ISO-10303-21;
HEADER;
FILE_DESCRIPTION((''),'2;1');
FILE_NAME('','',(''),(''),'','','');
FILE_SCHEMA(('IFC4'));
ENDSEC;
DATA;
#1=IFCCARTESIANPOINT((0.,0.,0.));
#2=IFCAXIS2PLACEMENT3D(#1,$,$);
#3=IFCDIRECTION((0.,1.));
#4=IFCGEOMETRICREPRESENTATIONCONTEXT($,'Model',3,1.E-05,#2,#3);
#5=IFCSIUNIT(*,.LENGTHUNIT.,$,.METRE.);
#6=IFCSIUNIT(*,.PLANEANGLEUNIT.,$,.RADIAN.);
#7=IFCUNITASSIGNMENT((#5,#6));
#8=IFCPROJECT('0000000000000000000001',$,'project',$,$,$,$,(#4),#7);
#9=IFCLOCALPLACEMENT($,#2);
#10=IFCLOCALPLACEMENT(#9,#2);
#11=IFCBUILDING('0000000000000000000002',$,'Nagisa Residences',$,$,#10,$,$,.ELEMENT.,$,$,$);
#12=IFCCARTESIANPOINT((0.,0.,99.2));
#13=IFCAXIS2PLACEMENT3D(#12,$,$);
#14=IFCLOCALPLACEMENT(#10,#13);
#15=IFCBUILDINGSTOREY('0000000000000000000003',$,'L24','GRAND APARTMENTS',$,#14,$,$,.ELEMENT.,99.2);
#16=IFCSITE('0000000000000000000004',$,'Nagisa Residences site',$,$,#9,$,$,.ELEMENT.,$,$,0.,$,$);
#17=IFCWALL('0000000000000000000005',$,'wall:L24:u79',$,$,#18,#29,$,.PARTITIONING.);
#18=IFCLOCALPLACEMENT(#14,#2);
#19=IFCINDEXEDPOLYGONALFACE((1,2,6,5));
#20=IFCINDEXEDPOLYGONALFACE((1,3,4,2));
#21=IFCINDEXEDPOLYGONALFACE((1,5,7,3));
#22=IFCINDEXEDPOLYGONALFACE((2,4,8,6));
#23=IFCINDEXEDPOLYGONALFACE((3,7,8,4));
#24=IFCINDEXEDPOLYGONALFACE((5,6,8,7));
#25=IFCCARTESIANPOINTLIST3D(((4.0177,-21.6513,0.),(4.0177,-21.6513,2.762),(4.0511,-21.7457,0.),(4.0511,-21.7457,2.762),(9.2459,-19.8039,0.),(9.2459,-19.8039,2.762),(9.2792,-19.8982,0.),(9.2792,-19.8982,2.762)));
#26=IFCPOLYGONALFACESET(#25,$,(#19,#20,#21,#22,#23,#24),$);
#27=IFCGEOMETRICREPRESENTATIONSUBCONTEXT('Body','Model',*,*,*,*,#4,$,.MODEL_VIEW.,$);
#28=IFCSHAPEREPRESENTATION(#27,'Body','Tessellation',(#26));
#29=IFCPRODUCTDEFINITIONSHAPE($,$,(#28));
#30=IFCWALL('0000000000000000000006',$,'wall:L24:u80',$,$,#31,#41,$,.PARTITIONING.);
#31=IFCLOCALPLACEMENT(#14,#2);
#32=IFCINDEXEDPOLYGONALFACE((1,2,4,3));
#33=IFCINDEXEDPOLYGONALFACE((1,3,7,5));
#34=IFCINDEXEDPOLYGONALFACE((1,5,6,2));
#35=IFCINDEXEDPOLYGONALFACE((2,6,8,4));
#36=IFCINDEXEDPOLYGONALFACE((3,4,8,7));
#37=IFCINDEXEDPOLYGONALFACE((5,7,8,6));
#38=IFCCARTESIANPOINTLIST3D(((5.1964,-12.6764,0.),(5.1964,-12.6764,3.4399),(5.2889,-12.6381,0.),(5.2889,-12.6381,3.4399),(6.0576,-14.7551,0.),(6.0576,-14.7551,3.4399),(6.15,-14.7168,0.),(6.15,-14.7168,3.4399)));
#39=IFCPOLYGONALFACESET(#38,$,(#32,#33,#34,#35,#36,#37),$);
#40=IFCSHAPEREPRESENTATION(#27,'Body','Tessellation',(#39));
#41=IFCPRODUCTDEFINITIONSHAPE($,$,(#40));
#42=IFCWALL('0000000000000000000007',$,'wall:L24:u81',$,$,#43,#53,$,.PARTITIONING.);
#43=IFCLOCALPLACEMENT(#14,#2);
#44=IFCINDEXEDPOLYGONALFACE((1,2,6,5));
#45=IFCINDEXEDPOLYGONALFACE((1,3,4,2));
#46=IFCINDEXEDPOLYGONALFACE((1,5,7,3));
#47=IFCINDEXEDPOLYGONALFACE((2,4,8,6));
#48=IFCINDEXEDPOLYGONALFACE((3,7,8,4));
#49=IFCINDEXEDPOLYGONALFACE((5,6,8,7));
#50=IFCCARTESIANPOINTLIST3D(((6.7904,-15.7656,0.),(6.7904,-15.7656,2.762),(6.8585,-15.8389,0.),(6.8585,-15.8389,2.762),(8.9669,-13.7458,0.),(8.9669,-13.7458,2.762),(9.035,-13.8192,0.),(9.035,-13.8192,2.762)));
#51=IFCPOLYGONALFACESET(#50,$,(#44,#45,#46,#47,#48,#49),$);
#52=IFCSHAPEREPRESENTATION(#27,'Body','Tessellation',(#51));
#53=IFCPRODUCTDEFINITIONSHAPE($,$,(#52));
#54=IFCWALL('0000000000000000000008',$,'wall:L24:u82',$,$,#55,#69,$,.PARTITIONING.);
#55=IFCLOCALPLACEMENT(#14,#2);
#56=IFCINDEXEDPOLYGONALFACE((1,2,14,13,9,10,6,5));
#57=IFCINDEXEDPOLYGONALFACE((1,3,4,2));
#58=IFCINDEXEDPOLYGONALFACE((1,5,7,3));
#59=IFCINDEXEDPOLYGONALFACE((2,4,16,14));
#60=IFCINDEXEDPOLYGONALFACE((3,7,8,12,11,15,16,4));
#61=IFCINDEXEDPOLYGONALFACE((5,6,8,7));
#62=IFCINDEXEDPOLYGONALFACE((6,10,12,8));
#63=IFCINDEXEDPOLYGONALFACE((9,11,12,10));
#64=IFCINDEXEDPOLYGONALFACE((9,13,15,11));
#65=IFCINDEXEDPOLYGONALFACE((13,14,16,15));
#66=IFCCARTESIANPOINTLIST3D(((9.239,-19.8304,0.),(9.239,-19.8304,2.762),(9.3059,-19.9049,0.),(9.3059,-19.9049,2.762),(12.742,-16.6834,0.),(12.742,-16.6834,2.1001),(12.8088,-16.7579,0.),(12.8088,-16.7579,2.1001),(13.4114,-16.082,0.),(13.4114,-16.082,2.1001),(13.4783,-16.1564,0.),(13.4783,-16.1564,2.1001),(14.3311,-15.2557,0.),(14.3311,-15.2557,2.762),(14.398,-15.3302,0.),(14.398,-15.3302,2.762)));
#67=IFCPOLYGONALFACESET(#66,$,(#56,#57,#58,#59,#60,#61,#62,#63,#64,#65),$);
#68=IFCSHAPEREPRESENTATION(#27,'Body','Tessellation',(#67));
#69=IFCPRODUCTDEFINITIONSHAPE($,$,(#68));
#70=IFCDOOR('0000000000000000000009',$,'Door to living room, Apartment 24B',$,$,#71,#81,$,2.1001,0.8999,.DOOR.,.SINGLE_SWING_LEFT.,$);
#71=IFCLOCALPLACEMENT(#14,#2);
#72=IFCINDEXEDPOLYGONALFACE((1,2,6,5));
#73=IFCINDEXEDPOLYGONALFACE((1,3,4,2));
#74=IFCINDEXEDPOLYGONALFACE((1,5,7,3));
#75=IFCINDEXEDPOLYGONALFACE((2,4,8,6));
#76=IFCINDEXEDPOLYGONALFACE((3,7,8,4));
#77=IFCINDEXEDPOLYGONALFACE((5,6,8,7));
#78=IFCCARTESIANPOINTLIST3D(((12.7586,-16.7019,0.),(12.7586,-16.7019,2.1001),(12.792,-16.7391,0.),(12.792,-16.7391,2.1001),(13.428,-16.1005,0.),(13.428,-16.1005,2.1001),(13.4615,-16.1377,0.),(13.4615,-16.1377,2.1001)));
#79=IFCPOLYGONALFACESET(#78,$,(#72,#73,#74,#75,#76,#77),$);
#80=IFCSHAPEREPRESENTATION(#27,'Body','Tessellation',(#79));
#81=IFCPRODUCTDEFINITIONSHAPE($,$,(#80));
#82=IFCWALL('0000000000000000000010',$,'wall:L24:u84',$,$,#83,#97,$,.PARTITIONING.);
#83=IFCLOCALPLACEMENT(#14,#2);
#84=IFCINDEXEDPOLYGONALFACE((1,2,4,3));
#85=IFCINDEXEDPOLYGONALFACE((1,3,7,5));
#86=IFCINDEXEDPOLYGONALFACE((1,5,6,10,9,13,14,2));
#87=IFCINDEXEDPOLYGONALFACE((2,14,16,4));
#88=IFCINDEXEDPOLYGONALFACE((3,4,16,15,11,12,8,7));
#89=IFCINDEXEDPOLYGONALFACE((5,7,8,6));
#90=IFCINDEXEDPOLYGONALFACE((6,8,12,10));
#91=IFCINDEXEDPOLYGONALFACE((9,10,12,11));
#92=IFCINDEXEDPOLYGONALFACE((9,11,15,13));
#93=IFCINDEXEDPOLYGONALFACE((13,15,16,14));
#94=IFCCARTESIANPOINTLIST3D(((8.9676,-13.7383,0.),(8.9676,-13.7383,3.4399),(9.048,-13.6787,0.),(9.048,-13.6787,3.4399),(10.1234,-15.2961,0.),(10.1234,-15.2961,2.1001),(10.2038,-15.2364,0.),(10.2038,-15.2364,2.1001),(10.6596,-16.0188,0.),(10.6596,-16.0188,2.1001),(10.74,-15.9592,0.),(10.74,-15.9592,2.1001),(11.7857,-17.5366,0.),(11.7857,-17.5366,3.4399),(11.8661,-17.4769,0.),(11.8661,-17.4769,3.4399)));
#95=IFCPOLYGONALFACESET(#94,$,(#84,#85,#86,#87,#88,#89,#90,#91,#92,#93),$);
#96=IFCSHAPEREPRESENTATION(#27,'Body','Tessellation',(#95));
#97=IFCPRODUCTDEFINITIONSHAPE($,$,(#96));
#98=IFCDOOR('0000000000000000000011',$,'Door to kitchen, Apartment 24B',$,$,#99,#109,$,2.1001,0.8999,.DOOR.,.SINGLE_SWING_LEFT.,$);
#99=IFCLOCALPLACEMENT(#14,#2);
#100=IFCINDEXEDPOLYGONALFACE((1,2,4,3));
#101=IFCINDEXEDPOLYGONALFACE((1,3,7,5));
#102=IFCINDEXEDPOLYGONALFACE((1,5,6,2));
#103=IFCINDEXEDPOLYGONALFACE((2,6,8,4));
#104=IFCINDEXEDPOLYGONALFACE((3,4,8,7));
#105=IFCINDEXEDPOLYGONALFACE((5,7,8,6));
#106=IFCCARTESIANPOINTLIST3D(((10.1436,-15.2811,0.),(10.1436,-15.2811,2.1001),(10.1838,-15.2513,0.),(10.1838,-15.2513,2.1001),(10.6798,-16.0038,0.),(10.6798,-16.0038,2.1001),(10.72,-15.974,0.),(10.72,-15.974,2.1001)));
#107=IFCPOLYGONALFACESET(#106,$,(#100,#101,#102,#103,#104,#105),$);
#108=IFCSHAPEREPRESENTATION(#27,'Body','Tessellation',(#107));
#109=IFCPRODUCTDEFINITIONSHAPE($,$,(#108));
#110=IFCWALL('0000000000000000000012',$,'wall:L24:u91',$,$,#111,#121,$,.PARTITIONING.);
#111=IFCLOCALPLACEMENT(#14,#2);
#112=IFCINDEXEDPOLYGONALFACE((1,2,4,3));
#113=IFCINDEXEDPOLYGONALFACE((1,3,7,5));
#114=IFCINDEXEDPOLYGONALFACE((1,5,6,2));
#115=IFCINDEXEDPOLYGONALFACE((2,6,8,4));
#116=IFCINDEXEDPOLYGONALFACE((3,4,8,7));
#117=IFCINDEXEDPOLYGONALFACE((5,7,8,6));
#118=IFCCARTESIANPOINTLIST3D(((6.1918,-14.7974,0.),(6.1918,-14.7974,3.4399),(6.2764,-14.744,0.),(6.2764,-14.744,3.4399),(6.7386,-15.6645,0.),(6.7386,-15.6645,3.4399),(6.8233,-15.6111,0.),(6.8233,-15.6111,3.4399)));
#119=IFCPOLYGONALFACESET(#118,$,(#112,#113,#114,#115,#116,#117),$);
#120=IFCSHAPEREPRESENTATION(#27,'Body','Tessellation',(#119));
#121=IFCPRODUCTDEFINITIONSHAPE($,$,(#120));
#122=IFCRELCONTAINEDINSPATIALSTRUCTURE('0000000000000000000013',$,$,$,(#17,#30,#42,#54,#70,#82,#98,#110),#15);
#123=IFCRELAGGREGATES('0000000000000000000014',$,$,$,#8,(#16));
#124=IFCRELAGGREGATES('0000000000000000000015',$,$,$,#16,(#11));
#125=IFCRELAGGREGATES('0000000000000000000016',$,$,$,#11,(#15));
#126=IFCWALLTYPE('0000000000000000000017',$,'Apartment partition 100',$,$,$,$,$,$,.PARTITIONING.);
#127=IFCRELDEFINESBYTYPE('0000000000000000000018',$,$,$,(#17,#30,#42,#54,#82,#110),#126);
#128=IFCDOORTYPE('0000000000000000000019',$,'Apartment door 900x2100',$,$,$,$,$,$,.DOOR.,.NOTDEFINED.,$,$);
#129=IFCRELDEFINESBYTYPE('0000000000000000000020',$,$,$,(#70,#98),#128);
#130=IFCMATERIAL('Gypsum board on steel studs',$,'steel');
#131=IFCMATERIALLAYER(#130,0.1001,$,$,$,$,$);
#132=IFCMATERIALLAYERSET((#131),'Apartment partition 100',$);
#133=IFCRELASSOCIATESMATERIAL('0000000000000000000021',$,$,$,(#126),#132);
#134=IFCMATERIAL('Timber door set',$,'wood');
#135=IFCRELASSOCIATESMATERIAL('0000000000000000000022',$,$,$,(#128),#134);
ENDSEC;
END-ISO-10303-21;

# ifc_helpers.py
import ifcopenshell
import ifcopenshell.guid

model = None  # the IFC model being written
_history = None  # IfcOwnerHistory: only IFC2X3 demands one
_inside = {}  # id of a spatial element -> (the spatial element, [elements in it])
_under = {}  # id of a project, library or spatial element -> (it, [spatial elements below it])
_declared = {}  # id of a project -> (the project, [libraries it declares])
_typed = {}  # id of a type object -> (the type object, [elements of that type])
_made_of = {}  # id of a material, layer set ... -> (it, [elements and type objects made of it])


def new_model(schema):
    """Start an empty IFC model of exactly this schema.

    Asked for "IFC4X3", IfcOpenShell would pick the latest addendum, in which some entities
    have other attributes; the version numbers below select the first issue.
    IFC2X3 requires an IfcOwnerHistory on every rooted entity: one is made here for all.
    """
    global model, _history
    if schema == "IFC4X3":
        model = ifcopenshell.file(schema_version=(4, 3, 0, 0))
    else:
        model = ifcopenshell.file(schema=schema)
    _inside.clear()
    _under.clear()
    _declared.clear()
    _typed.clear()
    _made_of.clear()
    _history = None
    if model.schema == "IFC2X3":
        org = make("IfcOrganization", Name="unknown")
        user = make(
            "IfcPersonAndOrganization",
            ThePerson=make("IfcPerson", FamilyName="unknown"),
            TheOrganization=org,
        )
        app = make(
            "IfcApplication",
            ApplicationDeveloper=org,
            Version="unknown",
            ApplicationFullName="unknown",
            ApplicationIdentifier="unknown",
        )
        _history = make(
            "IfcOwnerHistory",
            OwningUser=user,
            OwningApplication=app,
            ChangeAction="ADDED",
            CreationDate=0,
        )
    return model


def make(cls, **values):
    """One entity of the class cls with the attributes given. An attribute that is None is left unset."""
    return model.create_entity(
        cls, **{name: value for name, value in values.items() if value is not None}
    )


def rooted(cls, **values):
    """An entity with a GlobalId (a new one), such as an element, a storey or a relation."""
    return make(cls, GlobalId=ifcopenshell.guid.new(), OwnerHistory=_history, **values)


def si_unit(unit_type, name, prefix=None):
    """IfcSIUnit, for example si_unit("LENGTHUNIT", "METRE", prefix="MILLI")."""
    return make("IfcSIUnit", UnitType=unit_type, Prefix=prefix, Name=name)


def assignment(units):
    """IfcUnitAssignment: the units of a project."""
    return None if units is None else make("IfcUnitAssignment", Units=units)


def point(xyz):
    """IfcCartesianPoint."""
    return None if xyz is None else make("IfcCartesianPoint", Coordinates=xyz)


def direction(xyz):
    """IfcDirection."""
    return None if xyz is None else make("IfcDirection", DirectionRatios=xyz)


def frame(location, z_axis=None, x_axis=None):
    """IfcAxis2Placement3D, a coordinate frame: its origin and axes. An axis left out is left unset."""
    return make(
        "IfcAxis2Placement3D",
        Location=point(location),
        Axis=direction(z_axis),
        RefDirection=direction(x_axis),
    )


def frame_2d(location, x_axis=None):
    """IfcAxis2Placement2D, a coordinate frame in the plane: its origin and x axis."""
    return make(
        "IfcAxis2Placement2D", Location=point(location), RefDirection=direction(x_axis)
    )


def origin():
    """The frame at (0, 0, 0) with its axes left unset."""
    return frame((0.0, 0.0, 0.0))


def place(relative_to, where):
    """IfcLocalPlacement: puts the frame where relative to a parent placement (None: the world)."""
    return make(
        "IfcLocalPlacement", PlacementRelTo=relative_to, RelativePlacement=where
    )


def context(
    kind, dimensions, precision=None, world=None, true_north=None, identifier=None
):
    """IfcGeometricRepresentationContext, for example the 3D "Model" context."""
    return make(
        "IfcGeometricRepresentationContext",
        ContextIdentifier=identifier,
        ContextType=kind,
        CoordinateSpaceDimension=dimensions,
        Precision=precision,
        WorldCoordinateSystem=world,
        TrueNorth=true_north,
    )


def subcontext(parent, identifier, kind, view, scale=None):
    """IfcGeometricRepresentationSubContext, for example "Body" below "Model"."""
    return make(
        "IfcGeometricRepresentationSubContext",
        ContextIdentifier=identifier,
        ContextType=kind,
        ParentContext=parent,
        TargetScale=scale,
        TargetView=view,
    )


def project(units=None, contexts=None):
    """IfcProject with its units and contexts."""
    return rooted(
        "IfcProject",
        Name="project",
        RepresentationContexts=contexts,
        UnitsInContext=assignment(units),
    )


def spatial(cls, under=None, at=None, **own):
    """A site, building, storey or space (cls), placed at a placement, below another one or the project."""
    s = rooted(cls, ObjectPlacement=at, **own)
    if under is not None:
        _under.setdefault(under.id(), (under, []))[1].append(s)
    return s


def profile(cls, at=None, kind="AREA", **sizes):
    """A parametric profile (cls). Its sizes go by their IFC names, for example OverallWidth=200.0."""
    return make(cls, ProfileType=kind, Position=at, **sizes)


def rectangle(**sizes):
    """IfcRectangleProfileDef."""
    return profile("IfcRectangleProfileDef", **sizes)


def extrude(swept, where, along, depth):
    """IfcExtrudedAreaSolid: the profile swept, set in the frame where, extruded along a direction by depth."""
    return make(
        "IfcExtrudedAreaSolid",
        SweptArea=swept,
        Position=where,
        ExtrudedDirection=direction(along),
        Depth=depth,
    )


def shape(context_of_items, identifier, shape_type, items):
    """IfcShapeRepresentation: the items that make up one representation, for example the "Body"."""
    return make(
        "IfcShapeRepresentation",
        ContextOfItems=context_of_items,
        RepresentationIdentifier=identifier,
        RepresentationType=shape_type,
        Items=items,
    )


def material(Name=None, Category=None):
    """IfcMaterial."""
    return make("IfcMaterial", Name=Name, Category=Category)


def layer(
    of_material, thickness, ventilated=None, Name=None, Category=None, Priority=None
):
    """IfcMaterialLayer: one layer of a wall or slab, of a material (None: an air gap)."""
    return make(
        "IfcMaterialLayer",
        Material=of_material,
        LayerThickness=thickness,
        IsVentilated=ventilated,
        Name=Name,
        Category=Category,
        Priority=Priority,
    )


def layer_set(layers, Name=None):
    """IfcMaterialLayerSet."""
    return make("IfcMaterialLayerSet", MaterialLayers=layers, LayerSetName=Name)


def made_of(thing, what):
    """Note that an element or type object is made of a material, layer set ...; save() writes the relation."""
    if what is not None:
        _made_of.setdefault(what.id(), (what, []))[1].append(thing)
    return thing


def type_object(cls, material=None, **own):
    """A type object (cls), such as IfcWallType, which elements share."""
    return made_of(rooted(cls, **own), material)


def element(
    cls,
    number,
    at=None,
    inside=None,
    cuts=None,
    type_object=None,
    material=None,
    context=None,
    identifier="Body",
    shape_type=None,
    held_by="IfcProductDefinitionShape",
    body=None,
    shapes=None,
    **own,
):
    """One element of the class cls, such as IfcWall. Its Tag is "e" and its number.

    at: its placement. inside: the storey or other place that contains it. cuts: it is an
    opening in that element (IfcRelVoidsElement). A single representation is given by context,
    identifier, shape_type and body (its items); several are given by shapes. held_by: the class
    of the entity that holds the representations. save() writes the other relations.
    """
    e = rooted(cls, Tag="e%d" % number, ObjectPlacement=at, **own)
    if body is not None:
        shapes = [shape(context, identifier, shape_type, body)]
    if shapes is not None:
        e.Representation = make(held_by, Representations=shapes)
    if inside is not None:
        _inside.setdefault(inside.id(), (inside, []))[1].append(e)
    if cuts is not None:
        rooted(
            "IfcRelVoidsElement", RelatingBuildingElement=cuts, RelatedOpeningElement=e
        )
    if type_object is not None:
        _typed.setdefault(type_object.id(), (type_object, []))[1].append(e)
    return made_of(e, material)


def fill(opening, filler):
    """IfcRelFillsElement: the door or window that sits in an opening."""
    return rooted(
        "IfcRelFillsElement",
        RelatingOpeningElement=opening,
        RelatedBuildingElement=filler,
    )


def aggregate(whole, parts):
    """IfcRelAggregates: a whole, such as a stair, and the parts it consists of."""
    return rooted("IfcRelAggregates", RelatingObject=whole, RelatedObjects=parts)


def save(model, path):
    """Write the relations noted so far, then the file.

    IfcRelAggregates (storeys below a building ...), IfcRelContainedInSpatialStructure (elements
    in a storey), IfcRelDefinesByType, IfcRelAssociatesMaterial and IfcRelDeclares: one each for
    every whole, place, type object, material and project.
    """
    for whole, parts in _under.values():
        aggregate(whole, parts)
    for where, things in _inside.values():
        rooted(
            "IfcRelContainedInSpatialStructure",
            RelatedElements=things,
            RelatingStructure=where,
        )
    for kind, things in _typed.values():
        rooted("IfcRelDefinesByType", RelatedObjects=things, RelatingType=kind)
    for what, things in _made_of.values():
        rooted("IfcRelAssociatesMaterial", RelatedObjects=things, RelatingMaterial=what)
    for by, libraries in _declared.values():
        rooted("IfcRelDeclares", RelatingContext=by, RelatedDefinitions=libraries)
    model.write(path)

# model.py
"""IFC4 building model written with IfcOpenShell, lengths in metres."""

from ifc_helpers import new_model, si_unit, direction, frame, frame_2d, origin, place, context, subcontext, project, spatial, rectangle, extrude, material, layer, layer_set, type_object, element, fill, save


model = new_model("IFC4")

# Units and contexts
model_context = context("Model", 3, precision=1e-05, world=origin(), true_north=direction((0.0, 1.0)))
body_context = subcontext(model_context, "Body", "Model", "MODEL_VIEW")
ifc_project = project(units=[si_unit("LENGTHUNIT", "METRE"), si_unit("PLANEANGLEUNIT", "RADIAN")], contexts=[model_context])

# Site, building, storey
site_placement = place(None, origin())
site = spatial("IfcSite", under=ifc_project, at=site_placement, Name="Nagisa Residences site", CompositionType="ELEMENT", RefElevation=0.0)
building_placement = place(site_placement, origin())
building = spatial("IfcBuilding", under=site, at=building_placement, Name="Nagisa Residences", CompositionType="ELEMENT")
storey_placement = place(building_placement, frame((0.0, 0.0, 99.2)))
storey = spatial("IfcBuildingStorey", under=building, at=storey_placement, Name="L24", Description="GRAND APARTMENTS", CompositionType="ELEMENT", Elevation=99.2)

# Shared definitions
ifc_material_1 = material(Name="Gypsum board on steel studs", Category="steel")
ifc_layer_1 = layer(ifc_material_1, 0.1001)
ifc_layer_set_1 = layer_set([ifc_layer_1], Name="Apartment partition 100")
wall_type_1 = type_object("IfcWallType", Name="Apartment partition 100", PredefinedType="PARTITIONING", material=ifc_layer_set_1)
ifc_material_2 = material(Name="Timber door set", Category="wood")
door_type_1 = type_object("IfcDoorType", Name="Apartment door 900x2100", OperationType="NOTDEFINED", PredefinedType="DOOR", material=ifc_material_2)

# Walls
wall_1_placement = place(storey_placement, frame((4.0344, -21.6985, 0.0), z_axis=(0.0, 0.0, 1.0), x_axis=(0.942864, 0.333177, 0.0)))
element("IfcWall", 1, at=wall_1_placement, inside=storey, type_object=wall_type_1, Name="wall:L24:u79", PredefinedType="PARTITIONING", context=body_context, shape_type="SweptSolid", body=[
    extrude(rectangle(XDim=5.5449, YDim=0.1001, at=frame_2d((2.7725, 0.0))), origin(), (0.0, 0.0, 1.0), 2.762),
])
wall_2_placement = place(storey_placement, frame((5.2427, -12.6572, 0.0), z_axis=(0.0, 0.0, 1.0), x_axis=(0.382719, -0.923865, 0.0)))
element("IfcWall", 2, at=wall_2_placement, inside=storey, type_object=wall_type_1, Name="wall:L24:u80", PredefinedType="PARTITIONING", context=body_context, shape_type="SweptSolid", body=[
    extrude(rectangle(XDim=2.25, YDim=0.1001, at=frame_2d((1.125, 0.0))), origin(), (0.0, 0.0, 1.0), 3.4399),
])
wall_3_placement = place(storey_placement, frame((6.8245, -15.8022, 0.0), z_axis=(0.0, 0.0, 1.0), x_axis=(0.733007, 0.680221, 0.0)))
element("IfcWall", 3, at=wall_3_placement, inside=storey, type_object=wall_type_1, Name="wall:L24:u81", PredefinedType="PARTITIONING", context=body_context, shape_type="SweptSolid", body=[
    extrude(rectangle(XDim=2.9692, YDim=0.1001, at=frame_2d((1.4846, 0.0))), origin(), (0.0, 0.0, 1.0), 2.762),
])

# Walls, openings, doors
wall_4_placement = place(storey_placement, frame((9.2725, -19.8677, 0.0), z_axis=(0.0, 0.0, 1.0), x_axis=(0.743884, 0.668308, 0.0)))
wall_4 = element("IfcWall", 4, at=wall_4_placement, inside=storey, type_object=wall_type_1, Name="wall:L24:u82", PredefinedType="PARTITIONING", context=body_context, shape_type="SweptSolid", body=[
    extrude(rectangle(XDim=6.8452, YDim=0.1001, at=frame_2d((3.4226, 0.0))), origin(), (0.0, 0.0, 1.0), 2.762),
])
opening_1_placement = place(wall_4_placement, frame((4.709, 0.0, 0.0)))
opening_1 = element("IfcOpeningElement", 5, at=opening_1_placement, cuts=wall_4, PredefinedType="OPENING", context=body_context, shape_type="SweptSolid", body=[
    extrude(rectangle(XDim=0.8999, YDim=2.1001, at=frame_2d((0.45, 1.05))), frame((0.0, 0.0601, 0.0), z_axis=(0.0, -1.0, 0.0), x_axis=(1.0, 0.0, 0.0)), (0.0, 0.0, 1.0), 0.1201),
])
door_1_placement = place(opening_1_placement, frame((0.8999, 0.0, 0.0), x_axis=(-1.0, 0.0, 0.0)))
door_1 = element("IfcDoor", 6, at=door_1_placement, inside=storey, type_object=door_type_1, Name="Door to living room, Apartment 24B", OperationType="SINGLE_SWING_LEFT", OverallHeight=2.1001, OverallWidth=0.8999, PredefinedType="DOOR", context=body_context, shape_type="SweptSolid", body=[
    extrude(rectangle(XDim=0.8999, YDim=2.1001, at=frame_2d((0.45, 1.05))), frame((0.0, 0.0249, 0.0), z_axis=(0.0, -1.0, 0.0), x_axis=(1.0, 0.0, 0.0)), (0.0, 0.0, 1.0), 0.05),
])
fill(opening_1, door_1)
wall_5_placement = place(storey_placement, frame((9.0078, -13.7085, 0.0), z_axis=(0.0, 0.0, 1.0), x_axis=(0.595846, -0.803099, 0.0)))
wall_5 = element("IfcWall", 7, at=wall_5_placement, inside=storey, type_object=wall_type_1, Name="wall:L24:u84", PredefinedType="PARTITIONING", context=body_context, shape_type="SweptSolid", body=[
    extrude(rectangle(XDim=4.7295, YDim=0.1001, at=frame_2d((2.3647, 0.0))), origin(), (0.0, 0.0, 1.0), 3.4399),
])
opening_2_placement = place(wall_5_placement, frame((1.9397, 0.0, 0.0)))
opening_2 = element("IfcOpeningElement", 8, at=opening_2_placement, cuts=wall_5, PredefinedType="OPENING", context=body_context, shape_type="SweptSolid", body=[
    extrude(rectangle(XDim=0.8999, YDim=2.1001, at=frame_2d((0.45, 1.05))), frame((0.0, 0.0601, 0.0), z_axis=(0.0, -1.0, 0.0), x_axis=(1.0, 0.0, 0.0)), (0.0, 0.0, 1.0), 0.1201),
])
door_2_placement = place(opening_2_placement, frame((0.8999, 0.0, 0.0), x_axis=(-1.0, 0.0, 0.0)))
door_2 = element("IfcDoor", 9, at=door_2_placement, inside=storey, type_object=door_type_1, Name="Door to kitchen, Apartment 24B", OperationType="SINGLE_SWING_LEFT", OverallHeight=2.1001, OverallWidth=0.8999, PredefinedType="DOOR", context=body_context, shape_type="SweptSolid", body=[
    extrude(rectangle(XDim=0.8999, YDim=2.1001, at=frame_2d((0.45, 1.05))), frame((0.0, 0.0249, 0.0), z_axis=(0.0, -1.0, 0.0), x_axis=(1.0, 0.0, 0.0)), (0.0, 0.0, 1.0), 0.05),
])
fill(opening_2, door_2)

# Wall
wall_6_placement = place(storey_placement, frame((6.781, -15.6379, 0.0), z_axis=(0.0, 0.0, 1.0), x_axis=(-0.533419, 0.845851, 0.0)))
element("IfcWall", 10, at=wall_6_placement, inside=storey, type_object=wall_type_1, Name="wall:L24:u91", PredefinedType="PARTITIONING", context=body_context, shape_type="SweptSolid", body=[
    extrude(rectangle(XDim=1.0251, YDim=0.1001, at=frame_2d((0.5127, 0.0))), origin(), (0.0, 0.0, 1.0), 3.4399),
])

save(model, "model.ifc")
